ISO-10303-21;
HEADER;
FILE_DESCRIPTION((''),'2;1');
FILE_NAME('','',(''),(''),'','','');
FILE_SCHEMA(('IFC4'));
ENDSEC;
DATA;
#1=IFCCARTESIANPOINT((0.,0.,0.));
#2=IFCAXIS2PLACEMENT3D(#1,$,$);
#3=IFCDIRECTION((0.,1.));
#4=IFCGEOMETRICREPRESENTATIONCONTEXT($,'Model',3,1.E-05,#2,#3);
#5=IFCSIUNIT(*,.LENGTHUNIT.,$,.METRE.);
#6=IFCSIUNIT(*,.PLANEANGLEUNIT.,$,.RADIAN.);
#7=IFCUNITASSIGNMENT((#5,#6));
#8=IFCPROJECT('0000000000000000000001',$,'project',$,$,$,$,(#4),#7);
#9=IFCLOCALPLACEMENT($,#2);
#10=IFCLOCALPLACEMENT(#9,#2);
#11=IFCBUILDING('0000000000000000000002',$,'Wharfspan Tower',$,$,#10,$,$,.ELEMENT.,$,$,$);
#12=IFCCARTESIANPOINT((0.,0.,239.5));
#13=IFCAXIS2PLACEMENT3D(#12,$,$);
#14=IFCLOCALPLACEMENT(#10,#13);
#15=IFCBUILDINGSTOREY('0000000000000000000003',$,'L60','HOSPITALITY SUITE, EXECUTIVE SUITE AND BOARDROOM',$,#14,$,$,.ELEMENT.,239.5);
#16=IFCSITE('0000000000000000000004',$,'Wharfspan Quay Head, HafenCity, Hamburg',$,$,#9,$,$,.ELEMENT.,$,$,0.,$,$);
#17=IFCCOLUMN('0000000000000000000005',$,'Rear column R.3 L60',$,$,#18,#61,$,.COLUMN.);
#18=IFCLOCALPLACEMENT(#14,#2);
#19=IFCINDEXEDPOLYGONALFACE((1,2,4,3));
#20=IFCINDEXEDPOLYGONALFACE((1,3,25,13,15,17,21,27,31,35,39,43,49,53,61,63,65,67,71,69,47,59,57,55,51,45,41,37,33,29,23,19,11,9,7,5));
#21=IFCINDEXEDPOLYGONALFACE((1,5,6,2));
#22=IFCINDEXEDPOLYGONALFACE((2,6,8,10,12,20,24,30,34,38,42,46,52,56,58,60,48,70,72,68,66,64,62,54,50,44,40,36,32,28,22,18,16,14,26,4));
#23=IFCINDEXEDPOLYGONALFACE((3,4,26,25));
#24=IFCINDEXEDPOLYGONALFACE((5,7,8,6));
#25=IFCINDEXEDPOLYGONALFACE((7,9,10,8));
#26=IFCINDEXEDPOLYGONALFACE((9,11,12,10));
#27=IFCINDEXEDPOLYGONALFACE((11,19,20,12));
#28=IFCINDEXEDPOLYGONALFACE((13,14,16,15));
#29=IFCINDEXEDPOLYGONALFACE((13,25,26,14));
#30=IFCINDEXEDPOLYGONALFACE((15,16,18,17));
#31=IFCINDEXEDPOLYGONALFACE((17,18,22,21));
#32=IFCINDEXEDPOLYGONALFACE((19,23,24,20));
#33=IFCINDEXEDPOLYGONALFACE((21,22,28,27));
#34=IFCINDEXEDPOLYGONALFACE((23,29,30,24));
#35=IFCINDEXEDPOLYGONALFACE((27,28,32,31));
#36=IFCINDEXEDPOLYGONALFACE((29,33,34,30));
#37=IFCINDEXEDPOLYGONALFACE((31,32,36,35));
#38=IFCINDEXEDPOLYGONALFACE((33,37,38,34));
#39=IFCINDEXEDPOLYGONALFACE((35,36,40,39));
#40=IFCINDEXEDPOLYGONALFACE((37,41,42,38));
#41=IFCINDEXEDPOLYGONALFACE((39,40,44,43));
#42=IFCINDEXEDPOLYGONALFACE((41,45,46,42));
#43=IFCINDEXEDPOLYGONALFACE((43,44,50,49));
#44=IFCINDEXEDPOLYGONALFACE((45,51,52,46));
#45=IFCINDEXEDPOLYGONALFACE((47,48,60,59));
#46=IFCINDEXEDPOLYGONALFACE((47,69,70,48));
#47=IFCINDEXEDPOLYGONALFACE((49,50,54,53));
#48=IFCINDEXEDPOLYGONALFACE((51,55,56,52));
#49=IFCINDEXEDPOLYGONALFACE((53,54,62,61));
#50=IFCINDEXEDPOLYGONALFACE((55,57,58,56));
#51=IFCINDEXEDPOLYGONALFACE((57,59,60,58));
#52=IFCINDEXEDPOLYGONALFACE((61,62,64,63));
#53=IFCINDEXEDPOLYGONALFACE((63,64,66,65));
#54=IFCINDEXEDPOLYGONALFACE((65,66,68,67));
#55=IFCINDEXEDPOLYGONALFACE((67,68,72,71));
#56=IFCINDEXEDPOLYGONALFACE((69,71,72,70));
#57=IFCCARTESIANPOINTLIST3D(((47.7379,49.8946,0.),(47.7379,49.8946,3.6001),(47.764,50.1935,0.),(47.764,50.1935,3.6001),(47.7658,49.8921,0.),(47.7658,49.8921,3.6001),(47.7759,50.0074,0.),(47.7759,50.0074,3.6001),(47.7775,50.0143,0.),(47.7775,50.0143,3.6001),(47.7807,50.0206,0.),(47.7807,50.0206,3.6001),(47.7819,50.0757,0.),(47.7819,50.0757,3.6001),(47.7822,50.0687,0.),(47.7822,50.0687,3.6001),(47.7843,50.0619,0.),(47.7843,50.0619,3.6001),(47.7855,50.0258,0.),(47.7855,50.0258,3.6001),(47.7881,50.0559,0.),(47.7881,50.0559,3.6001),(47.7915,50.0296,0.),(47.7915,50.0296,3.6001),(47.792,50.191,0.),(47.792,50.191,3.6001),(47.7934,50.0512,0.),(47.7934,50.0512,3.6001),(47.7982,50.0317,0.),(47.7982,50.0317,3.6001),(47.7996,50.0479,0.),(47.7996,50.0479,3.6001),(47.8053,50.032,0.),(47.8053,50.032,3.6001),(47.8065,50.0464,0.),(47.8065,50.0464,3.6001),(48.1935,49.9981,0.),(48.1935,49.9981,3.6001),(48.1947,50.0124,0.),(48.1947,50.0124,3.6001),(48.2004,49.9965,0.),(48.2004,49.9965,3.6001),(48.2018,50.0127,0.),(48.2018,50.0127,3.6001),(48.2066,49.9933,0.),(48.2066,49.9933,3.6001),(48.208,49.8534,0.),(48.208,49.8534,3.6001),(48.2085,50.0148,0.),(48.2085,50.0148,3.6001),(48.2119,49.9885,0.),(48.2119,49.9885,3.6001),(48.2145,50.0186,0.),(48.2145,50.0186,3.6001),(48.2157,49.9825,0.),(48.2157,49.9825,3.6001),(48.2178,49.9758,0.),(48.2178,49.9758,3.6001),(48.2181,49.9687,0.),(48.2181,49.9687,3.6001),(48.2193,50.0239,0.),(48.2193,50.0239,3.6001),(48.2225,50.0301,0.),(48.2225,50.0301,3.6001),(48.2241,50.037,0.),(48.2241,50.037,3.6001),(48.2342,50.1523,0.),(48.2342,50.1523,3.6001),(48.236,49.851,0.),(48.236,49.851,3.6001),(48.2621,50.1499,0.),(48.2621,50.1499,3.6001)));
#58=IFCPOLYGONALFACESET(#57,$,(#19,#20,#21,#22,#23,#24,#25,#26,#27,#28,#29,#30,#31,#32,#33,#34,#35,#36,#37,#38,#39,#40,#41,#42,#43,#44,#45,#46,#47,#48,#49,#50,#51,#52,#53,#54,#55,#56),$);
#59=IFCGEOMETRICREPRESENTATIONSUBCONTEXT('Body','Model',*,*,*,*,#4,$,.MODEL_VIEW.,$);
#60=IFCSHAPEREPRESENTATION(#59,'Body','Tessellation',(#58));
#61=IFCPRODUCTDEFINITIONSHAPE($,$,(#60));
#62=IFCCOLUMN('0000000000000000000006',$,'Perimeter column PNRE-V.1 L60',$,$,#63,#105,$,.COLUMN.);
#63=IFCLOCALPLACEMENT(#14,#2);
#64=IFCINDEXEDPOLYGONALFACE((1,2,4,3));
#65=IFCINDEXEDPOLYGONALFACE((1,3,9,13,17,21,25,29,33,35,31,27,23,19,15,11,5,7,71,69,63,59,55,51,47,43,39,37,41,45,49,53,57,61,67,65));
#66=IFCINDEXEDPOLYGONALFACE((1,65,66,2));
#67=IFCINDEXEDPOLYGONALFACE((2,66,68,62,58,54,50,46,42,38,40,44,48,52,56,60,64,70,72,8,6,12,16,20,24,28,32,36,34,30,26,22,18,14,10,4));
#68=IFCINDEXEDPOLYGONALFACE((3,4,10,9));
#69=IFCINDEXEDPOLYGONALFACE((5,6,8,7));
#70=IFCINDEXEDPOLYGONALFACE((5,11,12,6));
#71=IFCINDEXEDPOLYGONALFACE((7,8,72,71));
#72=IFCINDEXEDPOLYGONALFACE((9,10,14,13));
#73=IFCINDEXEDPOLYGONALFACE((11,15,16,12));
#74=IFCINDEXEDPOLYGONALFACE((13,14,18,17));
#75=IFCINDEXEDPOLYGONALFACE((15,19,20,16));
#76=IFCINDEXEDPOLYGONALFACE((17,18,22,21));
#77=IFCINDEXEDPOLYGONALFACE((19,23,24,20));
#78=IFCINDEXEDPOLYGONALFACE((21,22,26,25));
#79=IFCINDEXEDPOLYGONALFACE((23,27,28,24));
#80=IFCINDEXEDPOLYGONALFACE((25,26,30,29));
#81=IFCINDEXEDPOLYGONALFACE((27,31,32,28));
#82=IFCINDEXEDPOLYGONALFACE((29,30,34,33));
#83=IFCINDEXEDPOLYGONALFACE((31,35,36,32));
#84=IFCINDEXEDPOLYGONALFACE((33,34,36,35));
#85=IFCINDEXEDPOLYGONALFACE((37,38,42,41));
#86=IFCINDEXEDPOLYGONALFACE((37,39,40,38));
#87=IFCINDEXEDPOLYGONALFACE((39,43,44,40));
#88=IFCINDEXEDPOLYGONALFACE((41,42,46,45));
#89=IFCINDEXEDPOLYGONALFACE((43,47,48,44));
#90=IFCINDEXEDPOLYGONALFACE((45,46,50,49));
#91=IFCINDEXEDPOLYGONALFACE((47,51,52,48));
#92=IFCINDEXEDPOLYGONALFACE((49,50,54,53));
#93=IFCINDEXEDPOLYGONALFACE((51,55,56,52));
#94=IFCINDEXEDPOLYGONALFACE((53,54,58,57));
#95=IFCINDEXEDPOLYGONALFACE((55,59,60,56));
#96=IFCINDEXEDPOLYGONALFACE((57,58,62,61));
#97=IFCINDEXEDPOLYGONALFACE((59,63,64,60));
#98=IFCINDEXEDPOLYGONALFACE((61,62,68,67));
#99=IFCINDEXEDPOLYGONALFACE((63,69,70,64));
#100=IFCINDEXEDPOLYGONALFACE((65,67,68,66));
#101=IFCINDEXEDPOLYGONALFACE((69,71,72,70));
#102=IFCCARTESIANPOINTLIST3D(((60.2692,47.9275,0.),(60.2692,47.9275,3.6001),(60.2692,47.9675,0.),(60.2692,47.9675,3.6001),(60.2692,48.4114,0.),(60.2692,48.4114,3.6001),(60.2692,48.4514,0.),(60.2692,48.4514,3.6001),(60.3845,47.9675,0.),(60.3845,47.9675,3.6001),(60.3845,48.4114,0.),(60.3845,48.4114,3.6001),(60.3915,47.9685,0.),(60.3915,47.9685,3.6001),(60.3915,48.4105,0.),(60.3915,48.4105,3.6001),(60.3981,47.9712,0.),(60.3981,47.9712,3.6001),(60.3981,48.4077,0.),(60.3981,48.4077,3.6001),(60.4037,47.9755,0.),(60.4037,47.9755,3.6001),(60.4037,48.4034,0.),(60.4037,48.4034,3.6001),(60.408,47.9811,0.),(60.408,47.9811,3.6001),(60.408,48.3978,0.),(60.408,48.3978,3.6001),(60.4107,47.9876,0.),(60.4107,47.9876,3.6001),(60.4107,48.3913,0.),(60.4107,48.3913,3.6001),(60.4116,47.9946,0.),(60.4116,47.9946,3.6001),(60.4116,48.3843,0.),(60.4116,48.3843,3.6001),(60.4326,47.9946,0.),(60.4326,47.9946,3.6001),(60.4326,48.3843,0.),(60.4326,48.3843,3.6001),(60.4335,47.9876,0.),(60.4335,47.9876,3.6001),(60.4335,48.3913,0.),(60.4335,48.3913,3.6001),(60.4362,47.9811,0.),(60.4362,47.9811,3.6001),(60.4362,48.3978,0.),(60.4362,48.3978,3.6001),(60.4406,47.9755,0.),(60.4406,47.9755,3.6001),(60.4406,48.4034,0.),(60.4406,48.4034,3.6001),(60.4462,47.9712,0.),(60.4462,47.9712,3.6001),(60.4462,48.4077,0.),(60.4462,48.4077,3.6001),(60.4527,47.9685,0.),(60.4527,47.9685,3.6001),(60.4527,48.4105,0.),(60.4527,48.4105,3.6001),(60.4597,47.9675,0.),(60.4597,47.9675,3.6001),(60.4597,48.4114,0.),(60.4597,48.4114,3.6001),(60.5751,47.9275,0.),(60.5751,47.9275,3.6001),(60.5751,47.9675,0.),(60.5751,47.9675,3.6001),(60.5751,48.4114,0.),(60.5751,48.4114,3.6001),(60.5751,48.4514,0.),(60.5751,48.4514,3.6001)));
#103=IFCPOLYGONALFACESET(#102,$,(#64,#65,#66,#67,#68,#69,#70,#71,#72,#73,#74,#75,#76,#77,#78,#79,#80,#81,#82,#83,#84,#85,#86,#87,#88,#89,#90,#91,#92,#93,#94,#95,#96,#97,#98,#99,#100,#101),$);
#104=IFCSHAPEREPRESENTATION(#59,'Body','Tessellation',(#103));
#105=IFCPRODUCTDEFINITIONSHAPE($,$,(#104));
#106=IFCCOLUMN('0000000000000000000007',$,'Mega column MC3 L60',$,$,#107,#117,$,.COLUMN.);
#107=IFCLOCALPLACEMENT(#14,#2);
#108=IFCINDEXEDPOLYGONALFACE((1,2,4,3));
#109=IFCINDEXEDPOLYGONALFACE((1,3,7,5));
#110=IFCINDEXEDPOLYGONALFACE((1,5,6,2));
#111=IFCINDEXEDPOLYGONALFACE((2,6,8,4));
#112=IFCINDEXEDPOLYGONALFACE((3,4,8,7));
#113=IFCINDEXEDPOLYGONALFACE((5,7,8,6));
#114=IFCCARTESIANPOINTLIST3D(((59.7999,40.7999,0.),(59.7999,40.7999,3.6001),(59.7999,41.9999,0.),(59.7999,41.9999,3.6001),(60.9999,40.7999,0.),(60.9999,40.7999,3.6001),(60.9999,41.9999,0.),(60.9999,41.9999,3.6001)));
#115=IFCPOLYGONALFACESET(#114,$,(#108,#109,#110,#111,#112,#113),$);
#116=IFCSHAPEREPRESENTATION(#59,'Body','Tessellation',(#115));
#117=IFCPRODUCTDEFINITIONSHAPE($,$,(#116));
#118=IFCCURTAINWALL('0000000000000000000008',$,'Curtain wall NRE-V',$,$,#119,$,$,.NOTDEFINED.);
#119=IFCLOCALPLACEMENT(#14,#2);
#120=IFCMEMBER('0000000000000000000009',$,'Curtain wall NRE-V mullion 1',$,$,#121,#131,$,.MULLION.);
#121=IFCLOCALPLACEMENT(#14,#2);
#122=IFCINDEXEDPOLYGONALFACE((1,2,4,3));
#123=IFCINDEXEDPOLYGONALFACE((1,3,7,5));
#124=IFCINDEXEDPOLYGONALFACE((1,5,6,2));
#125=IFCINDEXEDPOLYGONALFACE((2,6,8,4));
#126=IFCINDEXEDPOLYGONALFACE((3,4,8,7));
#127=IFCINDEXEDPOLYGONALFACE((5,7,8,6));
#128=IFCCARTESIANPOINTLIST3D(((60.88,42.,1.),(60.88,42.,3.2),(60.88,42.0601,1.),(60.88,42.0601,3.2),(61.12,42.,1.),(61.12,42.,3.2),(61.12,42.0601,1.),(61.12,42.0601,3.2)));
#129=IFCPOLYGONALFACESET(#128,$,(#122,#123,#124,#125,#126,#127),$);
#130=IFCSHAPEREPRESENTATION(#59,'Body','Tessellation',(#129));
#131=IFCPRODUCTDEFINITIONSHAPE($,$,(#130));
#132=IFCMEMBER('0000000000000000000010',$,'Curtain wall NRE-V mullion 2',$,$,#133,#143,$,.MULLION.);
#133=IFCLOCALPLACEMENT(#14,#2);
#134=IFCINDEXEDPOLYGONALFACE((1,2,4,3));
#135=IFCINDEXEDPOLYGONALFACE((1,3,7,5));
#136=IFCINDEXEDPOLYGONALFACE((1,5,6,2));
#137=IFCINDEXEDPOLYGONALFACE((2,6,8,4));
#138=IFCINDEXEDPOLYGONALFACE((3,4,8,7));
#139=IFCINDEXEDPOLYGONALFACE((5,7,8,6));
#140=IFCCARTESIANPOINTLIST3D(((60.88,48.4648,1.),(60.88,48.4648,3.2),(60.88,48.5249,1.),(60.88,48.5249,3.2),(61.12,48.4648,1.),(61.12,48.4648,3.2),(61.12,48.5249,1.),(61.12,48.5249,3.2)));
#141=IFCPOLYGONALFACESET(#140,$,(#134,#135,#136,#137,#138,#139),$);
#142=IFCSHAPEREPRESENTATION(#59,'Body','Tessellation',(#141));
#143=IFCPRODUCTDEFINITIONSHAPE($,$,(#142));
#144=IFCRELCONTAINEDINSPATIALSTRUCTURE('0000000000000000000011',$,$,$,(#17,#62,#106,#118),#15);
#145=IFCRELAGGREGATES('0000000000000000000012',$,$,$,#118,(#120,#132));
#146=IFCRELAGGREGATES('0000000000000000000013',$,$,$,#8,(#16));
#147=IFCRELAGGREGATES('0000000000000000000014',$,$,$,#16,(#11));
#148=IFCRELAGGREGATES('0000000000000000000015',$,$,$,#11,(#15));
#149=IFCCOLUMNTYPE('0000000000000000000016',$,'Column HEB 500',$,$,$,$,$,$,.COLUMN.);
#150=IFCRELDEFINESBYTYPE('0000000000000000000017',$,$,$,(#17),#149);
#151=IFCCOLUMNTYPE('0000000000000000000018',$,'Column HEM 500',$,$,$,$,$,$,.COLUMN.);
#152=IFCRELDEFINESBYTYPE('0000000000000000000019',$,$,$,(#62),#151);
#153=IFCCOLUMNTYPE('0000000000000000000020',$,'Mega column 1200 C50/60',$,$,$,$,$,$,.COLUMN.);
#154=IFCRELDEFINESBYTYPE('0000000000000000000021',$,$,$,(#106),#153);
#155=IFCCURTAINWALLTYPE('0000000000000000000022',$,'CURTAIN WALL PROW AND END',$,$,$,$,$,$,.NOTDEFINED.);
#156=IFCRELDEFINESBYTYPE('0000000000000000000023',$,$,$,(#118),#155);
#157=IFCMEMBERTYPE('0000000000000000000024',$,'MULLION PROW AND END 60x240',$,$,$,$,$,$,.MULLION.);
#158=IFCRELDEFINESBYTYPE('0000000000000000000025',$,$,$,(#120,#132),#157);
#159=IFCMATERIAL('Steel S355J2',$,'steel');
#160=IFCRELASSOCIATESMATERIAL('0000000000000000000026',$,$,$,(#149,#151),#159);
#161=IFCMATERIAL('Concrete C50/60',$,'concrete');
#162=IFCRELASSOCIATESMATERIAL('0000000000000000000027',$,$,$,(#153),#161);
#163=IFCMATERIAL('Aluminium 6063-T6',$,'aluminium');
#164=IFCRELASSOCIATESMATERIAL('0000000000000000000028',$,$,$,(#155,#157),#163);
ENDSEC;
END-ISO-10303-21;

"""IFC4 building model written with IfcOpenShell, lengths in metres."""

from ifc_helpers import new_model, si_unit, direction, frame, origin, origin_2d, place, context, subcontext, project, spatial, rectangle, i_section, extrude, material, material_profile, profile_set, type_object, element, aggregate, save


model = new_model("IFC4")

# Units and contexts
model_context = context("Model", 3, precision=1e-05, world=origin(), true_north=direction((0.0, 1.0)))
body_context = subcontext(model_context, "Body", "Model", "MODEL_VIEW")
ifc_project = project(units=[si_unit("LENGTHUNIT", "METRE"), si_unit("PLANEANGLEUNIT", "RADIAN")], contexts=[model_context])

# Site, building, storey
site_placement = place(None, origin())
site = spatial("IfcSite", under=ifc_project, at=site_placement, Name="Wharfspan Quay Head, HafenCity, Hamburg", CompositionType="ELEMENT", RefElevation=0.0)
building_placement = place(site_placement, origin())
building = spatial("IfcBuilding", under=site, at=building_placement, Name="Wharfspan Tower", CompositionType="ELEMENT")
storey_placement = place(building_placement, frame((0.0, 0.0, 239.5)))
storey = spatial("IfcBuildingStorey", under=building, at=storey_placement, Name="L60", Description="HOSPITALITY SUITE, EXECUTIVE SUITE AND BOARDROOM", CompositionType="ELEMENT", Elevation=239.5)

# Columns
ifc_material_1 = material(Name="Steel S355J2", Category="steel")
ifc_material_profile_1 = material_profile(ifc_material_1, i_section(OverallWidth=0.3, OverallDepth=0.5, WebThickness=0.0144, FlangeThickness=0.0281, FilletRadius=0.0271, at=origin_2d()))
ifc_profile_set_1 = profile_set([ifc_material_profile_1], Name="Steel S355J2")
column_type_1 = type_object("IfcColumnType", Name="Column HEB 500", PredefinedType="COLUMN", material=ifc_profile_set_1)
column_1_placement = place(storey_placement, frame((48.0, 50.0222, 0.0), z_axis=(0.0, 0.0, 1.0), x_axis=(0.087156, 0.996197, 0.0)))
element("IfcColumn", 1, at=column_1_placement, inside=storey, type_object=column_type_1, Name="Rear column R.3 L60", PredefinedType="COLUMN", context=body_context, shape_type="SweptSolid", body=[
    extrude(i_section(OverallWidth=0.3, OverallDepth=0.5, WebThickness=0.0144, FlangeThickness=0.0281, FilletRadius=0.0271, at=origin_2d()), origin(), (0.0, 0.0, 1.0), 3.6001),
])
ifc_material_profile_2 = material_profile(ifc_material_1, i_section(OverallWidth=0.3059, OverallDepth=0.5239, WebThickness=0.021, FlangeThickness=0.04, FilletRadius=0.0271, at=origin_2d()))
ifc_profile_set_2 = profile_set([ifc_material_profile_2], Name="Steel S355J2")
column_type_2 = type_object("IfcColumnType", Name="Column HEM 500", PredefinedType="COLUMN", material=ifc_profile_set_2)
column_2_placement = place(storey_placement, frame((60.4221, 48.1895, 0.0), z_axis=(0.0, 0.0, 1.0), x_axis=(1.0, 0.0, 0.0)))
element("IfcColumn", 2, at=column_2_placement, inside=storey, type_object=column_type_2, Name="Perimeter column PNRE-V.1 L60", PredefinedType="COLUMN", context=body_context, shape_type="SweptSolid", body=[
    extrude(i_section(OverallWidth=0.3059, OverallDepth=0.5239, WebThickness=0.021, FlangeThickness=0.04, FilletRadius=0.0271, at=origin_2d()), origin(), (0.0, 0.0, 1.0), 3.6001),
])
ifc_material_2 = material(Name="Concrete C50/60", Category="concrete")
ifc_material_profile_3 = material_profile(ifc_material_2, rectangle(XDim=1.2, YDim=1.2, at=origin_2d()))
ifc_profile_set_3 = profile_set([ifc_material_profile_3], Name="Concrete C50/60")
column_type_3 = type_object("IfcColumnType", Name="Mega column 1200 C50/60", PredefinedType="COLUMN", material=ifc_profile_set_3)
column_3_placement = place(storey_placement, frame((60.3999, 41.3999, 0.0), z_axis=(0.0, 0.0, 1.0), x_axis=(1.0, 0.0, 0.0)))
element("IfcColumn", 3, at=column_3_placement, inside=storey, type_object=column_type_3, Name="Mega column MC3 L60", PredefinedType="COLUMN", context=body_context, shape_type="SweptSolid", body=[
    extrude(rectangle(XDim=1.2, YDim=1.2, at=origin_2d()), origin(), (0.0, 0.0, 1.0), 3.6001),
])

# Curtain wall, members
ifc_material_3 = material(Name="Aluminium 6063-T6", Category="aluminium")
curtain_wall_type = type_object("IfcCurtainWallType", Name="CURTAIN WALL PROW AND END", PredefinedType="NOTDEFINED", material=ifc_material_3)
curtain_wall_placement = place(storey_placement, origin())
curtain_wall = element("IfcCurtainWall", 4, at=curtain_wall_placement, inside=storey, type_object=curtain_wall_type, Name="Curtain wall NRE-V", PredefinedType="NOTDEFINED")
ifc_material_profile_4 = material_profile(ifc_material_3, rectangle(XDim=0.24, YDim=0.0601, at=origin_2d()))
ifc_profile_set_4 = profile_set([ifc_material_profile_4], Name="Aluminium 6063-T6")
member_type_1 = type_object("IfcMemberType", Name="MULLION PROW AND END 60x240", PredefinedType="MULLION", material=ifc_profile_set_4)
member_1_placement = place(storey_placement, frame((61.0, 42.03, 1.0), z_axis=(0.0, 0.0, 1.0), x_axis=(-1.0, 0.0, 0.0)))
member_1 = element("IfcMember", 5, at=member_1_placement, type_object=member_type_1, Name="Curtain wall NRE-V mullion 1", PredefinedType="MULLION", context=body_context, shape_type="SweptSolid", body=[
    extrude(rectangle(XDim=0.24, YDim=0.0601, at=origin_2d()), origin(), (0.0, 0.0, 1.0), 2.2),
])
member_2_placement = place(storey_placement, frame((61.0, 48.4949, 1.0), z_axis=(0.0, 0.0, 1.0), x_axis=(-1.0, 0.0, 0.0)))
member_2 = element("IfcMember", 6, at=member_2_placement, type_object=member_type_1, Name="Curtain wall NRE-V mullion 2", PredefinedType="MULLION", context=body_context, shape_type="SweptSolid", body=[
    extrude(rectangle(XDim=0.24, YDim=0.0601, at=origin_2d()), origin(), (0.0, 0.0, 1.0), 2.2),
])

aggregate(curtain_wall, [member_1, member_2])

save(model, "model.ifc")
